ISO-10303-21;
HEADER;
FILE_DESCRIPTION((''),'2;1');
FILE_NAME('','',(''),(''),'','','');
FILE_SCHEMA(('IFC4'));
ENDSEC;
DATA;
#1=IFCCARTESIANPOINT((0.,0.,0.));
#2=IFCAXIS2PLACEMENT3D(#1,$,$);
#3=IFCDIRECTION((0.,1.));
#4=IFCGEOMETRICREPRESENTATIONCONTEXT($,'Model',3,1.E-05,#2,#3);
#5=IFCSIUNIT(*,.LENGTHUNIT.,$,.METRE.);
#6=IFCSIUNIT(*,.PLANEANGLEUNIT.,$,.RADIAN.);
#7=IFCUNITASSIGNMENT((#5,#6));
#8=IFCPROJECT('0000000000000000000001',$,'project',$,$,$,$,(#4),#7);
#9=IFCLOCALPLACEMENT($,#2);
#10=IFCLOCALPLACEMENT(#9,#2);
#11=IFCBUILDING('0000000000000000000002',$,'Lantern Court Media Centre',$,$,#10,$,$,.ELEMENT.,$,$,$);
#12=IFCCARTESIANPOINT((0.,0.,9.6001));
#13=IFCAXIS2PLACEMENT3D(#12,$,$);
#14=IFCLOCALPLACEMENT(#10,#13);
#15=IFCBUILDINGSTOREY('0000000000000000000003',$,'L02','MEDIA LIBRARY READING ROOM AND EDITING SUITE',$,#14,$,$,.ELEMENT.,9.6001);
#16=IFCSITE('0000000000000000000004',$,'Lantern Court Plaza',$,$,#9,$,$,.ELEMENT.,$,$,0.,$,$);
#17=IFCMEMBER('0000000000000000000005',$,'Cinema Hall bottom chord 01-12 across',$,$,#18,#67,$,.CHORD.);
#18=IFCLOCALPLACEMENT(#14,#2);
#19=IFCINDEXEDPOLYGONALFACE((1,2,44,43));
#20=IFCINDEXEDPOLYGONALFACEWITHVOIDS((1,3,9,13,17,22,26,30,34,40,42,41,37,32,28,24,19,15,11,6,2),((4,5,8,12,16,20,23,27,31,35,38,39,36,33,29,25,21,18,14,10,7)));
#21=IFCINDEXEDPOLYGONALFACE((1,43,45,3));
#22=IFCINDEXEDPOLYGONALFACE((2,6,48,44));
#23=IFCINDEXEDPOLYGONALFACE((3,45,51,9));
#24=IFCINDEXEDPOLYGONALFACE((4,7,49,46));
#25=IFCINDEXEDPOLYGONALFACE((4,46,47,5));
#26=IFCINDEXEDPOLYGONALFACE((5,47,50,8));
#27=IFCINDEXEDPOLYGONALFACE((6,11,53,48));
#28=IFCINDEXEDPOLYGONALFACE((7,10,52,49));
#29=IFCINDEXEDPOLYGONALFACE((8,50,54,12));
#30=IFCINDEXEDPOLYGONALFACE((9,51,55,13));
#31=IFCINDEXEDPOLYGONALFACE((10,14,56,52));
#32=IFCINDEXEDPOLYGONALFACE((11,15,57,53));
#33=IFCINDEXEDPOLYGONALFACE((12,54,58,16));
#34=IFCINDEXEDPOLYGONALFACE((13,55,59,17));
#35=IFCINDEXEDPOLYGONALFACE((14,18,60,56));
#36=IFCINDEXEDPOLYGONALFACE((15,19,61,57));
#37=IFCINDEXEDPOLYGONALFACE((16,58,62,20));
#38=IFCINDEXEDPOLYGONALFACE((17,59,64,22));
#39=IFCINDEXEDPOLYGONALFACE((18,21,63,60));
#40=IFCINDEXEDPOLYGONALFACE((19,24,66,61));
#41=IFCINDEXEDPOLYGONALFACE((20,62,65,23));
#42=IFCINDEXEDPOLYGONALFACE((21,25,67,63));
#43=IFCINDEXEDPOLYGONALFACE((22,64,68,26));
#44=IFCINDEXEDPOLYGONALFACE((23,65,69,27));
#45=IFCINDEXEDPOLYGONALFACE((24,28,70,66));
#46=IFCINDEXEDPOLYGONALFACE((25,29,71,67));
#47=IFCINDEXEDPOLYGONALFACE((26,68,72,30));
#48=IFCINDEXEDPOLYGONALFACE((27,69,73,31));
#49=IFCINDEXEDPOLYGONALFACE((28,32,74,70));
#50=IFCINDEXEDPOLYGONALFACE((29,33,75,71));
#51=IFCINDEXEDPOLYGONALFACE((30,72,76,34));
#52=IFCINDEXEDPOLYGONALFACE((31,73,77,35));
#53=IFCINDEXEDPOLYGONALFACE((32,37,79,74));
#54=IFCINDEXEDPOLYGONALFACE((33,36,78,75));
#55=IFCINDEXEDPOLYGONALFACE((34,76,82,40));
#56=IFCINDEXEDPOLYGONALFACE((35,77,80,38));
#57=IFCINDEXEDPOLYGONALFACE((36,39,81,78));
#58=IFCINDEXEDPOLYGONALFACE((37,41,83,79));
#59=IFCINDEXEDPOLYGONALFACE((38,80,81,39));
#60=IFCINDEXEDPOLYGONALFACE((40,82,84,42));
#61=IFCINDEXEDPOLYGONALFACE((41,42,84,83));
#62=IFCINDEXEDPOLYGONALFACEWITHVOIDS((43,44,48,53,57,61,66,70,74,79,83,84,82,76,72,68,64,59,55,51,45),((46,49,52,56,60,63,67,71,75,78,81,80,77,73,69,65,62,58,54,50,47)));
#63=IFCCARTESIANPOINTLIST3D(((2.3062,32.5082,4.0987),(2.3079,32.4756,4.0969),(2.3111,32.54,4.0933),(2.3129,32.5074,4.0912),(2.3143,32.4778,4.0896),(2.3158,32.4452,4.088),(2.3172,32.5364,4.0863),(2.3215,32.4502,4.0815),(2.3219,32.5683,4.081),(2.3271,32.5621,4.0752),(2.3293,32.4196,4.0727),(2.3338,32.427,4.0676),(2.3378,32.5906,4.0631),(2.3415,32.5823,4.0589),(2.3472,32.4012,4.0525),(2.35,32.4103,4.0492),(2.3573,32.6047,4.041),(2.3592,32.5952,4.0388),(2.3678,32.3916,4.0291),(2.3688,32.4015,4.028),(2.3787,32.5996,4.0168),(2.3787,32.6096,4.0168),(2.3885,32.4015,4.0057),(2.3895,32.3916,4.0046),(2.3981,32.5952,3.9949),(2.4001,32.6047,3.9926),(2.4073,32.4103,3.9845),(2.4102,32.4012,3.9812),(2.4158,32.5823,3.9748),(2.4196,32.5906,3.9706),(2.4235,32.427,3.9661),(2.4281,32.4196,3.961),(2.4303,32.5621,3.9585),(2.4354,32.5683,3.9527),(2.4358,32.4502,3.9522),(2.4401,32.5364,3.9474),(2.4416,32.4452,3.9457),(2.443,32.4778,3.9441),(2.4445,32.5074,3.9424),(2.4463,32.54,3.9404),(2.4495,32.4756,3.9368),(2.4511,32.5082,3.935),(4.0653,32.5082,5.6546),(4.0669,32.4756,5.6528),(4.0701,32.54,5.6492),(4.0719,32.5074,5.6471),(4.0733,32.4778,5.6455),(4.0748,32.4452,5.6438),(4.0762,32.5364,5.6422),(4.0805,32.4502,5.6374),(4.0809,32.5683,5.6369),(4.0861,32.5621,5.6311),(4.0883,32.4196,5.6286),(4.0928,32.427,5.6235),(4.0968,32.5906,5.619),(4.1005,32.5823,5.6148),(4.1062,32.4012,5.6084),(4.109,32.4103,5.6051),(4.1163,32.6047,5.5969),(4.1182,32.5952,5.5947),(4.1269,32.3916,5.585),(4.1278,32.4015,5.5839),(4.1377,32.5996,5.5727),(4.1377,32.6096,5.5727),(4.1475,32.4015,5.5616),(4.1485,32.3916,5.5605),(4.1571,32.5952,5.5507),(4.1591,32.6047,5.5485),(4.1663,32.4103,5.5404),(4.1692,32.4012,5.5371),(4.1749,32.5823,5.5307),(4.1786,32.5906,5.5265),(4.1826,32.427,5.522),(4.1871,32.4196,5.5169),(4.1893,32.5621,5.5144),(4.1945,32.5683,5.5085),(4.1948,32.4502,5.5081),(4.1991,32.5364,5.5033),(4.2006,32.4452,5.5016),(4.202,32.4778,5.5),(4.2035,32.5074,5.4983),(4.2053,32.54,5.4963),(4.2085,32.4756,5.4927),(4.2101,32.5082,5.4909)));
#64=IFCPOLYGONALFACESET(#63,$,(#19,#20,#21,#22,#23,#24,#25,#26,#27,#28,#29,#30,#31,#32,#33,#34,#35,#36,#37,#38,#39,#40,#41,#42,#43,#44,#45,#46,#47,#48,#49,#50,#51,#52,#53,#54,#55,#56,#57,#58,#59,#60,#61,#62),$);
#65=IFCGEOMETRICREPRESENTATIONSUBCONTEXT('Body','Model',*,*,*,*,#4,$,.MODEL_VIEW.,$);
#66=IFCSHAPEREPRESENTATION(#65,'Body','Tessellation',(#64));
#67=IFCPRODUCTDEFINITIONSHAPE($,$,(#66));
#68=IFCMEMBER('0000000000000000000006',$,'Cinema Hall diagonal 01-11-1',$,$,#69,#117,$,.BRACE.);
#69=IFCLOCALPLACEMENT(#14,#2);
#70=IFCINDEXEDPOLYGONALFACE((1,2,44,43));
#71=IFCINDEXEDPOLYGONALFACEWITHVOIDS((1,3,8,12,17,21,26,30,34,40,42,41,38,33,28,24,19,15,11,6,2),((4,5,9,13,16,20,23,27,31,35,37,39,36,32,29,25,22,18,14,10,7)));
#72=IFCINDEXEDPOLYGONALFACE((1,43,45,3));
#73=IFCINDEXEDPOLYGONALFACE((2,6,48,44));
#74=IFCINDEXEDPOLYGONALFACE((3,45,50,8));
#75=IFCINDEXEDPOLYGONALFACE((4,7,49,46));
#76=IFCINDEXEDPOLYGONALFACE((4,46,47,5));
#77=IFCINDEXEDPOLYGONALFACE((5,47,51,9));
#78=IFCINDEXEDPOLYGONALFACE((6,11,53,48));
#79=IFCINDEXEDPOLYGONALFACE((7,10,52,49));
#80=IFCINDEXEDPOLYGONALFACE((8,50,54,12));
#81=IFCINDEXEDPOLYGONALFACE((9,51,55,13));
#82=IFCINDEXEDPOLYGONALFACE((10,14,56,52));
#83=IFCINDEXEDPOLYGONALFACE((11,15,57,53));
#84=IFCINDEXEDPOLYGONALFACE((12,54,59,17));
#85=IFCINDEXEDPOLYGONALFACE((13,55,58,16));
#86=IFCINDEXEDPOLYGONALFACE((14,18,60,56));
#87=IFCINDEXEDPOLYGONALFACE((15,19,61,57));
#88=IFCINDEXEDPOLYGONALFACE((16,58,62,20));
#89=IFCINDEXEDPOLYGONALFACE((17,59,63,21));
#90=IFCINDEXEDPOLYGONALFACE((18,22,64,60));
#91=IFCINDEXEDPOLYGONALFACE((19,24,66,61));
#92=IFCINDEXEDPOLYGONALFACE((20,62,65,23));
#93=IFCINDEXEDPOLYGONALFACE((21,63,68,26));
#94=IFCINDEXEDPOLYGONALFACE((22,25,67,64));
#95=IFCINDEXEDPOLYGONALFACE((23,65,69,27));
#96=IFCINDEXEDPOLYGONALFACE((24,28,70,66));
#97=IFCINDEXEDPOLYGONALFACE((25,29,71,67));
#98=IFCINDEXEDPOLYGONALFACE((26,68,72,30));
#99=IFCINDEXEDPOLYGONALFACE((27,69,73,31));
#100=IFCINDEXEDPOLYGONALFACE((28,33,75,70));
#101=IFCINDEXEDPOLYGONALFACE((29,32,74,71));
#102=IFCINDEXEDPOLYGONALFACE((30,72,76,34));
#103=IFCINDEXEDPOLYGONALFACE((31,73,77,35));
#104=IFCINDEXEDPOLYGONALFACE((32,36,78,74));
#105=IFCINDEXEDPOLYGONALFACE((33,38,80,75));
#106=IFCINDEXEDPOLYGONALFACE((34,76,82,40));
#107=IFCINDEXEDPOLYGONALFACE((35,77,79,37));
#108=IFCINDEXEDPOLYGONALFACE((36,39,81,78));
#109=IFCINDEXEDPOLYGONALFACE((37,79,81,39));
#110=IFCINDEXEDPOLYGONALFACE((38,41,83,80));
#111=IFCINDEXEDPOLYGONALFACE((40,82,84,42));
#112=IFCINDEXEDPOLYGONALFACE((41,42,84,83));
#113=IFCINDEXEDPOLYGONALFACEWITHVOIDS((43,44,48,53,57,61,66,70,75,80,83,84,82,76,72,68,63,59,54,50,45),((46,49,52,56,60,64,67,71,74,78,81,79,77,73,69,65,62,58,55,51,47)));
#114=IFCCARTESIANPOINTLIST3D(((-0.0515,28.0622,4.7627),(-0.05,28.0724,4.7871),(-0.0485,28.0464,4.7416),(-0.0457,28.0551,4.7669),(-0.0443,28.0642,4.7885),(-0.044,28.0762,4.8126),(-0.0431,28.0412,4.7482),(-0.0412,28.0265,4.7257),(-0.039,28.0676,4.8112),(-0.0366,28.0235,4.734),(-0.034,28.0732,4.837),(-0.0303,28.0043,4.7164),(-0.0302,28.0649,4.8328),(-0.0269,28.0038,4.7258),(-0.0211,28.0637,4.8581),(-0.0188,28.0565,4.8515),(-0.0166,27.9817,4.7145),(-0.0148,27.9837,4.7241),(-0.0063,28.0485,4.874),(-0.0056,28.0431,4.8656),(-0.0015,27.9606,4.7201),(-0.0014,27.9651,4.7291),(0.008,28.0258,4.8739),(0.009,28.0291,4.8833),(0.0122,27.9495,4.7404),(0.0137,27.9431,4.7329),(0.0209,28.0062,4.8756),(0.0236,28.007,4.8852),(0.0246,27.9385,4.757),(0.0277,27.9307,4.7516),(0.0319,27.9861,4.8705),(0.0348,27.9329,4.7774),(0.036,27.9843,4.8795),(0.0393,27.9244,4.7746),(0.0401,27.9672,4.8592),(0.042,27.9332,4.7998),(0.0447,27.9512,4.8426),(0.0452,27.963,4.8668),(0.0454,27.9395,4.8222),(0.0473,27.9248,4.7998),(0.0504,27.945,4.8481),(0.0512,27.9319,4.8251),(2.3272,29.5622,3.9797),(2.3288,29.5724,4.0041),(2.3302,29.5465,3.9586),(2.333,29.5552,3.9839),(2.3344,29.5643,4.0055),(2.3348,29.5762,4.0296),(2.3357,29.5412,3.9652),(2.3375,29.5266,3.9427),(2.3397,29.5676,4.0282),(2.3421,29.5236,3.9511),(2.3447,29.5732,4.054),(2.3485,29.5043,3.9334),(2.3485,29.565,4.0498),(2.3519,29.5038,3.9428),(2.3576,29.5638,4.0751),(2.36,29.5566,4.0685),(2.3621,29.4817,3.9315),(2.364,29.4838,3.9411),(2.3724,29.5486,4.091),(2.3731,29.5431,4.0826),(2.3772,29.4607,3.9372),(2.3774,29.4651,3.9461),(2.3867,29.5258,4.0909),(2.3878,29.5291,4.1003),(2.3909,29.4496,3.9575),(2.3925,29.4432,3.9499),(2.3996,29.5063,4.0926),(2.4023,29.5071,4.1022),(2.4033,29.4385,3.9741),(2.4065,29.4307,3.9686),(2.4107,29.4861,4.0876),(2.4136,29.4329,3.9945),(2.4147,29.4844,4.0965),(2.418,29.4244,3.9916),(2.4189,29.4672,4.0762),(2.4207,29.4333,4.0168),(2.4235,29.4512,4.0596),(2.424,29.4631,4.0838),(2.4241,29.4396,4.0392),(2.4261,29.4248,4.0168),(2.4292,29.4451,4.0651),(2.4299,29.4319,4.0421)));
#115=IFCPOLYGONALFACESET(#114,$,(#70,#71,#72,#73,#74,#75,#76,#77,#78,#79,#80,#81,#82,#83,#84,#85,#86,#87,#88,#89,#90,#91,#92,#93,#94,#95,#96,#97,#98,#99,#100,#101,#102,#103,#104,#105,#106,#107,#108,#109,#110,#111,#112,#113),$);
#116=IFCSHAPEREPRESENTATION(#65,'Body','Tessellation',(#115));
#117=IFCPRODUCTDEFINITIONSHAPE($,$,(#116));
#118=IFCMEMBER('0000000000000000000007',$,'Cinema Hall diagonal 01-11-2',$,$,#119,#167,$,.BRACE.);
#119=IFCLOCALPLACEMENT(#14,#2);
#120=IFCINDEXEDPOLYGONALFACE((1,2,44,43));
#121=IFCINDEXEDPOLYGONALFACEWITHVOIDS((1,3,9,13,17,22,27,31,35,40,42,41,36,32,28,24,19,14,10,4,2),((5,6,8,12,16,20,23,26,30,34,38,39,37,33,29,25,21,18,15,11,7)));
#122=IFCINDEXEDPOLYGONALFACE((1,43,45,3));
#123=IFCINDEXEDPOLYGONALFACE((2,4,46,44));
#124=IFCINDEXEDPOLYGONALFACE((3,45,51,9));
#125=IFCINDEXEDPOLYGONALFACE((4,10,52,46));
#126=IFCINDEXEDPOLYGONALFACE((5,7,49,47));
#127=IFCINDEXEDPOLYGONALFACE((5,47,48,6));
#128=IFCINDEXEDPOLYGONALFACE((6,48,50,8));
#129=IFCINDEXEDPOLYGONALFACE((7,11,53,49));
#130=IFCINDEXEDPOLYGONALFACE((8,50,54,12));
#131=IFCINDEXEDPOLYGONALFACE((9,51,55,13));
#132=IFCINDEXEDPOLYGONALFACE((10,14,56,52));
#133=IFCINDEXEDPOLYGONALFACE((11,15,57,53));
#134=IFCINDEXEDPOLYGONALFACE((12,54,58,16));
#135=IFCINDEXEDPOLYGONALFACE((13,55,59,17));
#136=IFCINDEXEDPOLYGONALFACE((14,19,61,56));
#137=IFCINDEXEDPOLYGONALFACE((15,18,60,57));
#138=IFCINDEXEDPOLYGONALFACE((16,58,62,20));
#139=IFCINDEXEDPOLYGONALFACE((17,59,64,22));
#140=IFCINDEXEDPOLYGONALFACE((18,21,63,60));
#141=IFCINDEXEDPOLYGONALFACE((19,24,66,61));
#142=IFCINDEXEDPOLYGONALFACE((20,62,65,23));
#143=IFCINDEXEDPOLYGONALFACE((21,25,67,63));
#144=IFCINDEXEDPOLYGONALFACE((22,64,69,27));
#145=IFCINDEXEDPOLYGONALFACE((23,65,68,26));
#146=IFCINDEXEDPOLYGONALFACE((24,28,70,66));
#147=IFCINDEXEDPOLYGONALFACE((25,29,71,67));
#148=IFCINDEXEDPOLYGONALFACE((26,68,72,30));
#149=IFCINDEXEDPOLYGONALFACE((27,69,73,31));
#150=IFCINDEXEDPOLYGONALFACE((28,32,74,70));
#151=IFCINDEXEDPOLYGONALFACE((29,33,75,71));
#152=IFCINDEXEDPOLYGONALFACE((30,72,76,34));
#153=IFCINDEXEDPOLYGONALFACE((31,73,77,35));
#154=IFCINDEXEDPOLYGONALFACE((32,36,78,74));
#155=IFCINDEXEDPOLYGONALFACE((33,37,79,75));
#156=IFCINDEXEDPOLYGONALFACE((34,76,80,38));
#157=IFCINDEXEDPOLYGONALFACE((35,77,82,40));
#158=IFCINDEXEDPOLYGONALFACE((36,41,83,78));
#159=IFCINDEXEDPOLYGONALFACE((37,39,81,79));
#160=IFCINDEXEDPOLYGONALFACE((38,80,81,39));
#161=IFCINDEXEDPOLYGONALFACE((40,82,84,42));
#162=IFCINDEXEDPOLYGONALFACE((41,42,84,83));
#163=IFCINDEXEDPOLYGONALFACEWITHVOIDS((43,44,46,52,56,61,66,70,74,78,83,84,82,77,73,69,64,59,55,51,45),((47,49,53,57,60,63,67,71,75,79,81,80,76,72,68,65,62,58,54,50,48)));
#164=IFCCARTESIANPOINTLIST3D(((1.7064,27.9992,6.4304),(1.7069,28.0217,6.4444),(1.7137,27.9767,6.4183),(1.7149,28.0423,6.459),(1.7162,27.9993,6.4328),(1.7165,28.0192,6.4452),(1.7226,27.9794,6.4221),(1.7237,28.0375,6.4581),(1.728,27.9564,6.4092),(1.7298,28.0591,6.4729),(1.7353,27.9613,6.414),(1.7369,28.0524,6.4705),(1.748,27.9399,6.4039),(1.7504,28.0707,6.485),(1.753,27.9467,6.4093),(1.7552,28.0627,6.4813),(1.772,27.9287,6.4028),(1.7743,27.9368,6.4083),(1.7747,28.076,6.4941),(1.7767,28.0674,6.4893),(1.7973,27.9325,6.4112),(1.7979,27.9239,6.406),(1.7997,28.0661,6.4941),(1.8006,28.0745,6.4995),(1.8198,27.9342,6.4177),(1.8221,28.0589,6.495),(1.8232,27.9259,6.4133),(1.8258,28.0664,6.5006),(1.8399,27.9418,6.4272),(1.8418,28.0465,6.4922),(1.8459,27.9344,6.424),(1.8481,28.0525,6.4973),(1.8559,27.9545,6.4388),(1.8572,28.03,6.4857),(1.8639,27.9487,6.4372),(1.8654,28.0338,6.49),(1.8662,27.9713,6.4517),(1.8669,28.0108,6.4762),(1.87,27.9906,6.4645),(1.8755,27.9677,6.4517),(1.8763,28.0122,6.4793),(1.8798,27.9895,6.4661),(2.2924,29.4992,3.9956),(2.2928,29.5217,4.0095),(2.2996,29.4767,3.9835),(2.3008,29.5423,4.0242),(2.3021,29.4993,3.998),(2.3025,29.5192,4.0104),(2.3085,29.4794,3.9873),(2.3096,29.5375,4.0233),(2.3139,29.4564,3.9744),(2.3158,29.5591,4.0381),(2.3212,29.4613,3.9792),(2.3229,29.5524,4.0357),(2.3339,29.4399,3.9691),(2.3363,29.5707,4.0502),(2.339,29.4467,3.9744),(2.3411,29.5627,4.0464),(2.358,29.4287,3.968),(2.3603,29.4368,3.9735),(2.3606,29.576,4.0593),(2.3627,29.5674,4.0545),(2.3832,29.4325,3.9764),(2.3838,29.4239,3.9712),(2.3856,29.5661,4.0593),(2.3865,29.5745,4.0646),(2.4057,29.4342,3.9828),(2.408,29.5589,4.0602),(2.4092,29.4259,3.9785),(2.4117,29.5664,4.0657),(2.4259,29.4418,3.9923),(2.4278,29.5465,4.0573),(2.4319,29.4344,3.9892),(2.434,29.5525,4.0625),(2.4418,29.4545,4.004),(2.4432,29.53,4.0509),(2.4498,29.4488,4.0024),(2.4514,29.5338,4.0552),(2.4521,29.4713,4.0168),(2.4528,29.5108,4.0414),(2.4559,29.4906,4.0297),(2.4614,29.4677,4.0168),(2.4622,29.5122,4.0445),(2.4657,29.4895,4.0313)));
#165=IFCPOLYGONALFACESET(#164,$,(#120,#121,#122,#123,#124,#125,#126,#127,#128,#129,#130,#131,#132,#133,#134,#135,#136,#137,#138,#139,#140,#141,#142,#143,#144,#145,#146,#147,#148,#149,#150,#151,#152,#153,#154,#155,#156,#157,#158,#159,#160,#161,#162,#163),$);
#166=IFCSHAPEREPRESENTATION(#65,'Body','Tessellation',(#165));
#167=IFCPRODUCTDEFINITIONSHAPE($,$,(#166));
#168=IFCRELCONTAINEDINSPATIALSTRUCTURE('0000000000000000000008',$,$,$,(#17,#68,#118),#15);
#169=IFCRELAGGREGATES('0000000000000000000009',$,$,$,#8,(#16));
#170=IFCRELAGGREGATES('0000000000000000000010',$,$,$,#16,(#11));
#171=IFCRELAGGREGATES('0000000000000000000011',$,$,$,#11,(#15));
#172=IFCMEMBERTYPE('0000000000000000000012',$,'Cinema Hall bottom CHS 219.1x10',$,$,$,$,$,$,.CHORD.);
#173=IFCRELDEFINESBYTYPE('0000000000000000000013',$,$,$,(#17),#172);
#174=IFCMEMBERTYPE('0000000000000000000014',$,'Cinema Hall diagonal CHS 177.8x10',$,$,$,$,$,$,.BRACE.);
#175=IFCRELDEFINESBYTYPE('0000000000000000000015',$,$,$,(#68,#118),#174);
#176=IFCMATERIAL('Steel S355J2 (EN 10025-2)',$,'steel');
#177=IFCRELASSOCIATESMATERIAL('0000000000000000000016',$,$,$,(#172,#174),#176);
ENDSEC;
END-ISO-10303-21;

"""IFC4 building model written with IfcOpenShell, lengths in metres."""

from ifc_helpers import new_model, si_unit, direction, frame, origin, origin_2d, place, context, subcontext, project, spatial, hollow_circle, extrude, material, material_profile, profile_set, type_object, element, save


model = new_model("IFC4")

# Units and contexts
model_context = context("Model", 3, precision=1e-05, world=origin(), true_north=direction((0.0, 1.0)))
body_context = subcontext(model_context, "Body", "Model", "MODEL_VIEW")
ifc_project = project(units=[si_unit("LENGTHUNIT", "METRE"), si_unit("PLANEANGLEUNIT", "RADIAN")], contexts=[model_context])

# Site, building, storey
site_placement = place(None, origin())
site = spatial("IfcSite", under=ifc_project, at=site_placement, Name="Lantern Court Plaza", CompositionType="ELEMENT", RefElevation=0.0)
building_placement = place(site_placement, origin())
building = spatial("IfcBuilding", under=site, at=building_placement, Name="Lantern Court Media Centre", CompositionType="ELEMENT")
storey_placement = place(building_placement, frame((0.0, 0.0, 9.6001)))
storey = spatial("IfcBuildingStorey", under=building, at=storey_placement, Name="L02", Description="MEDIA LIBRARY READING ROOM AND EDITING SUITE", CompositionType="ELEMENT", Elevation=9.6001)

# Shared definitions
ifc_material_1 = material(Name="Steel S355J2 (EN 10025-2)", Category="steel")

# Members
ifc_material_profile_1 = material_profile(ifc_material_1, hollow_circle(Radius=0.1096, WallThickness=0.01, at=origin_2d()), Name="Cinema Hall bottom CHS 219.1x10")
ifc_profile_set_1 = profile_set([ifc_material_profile_1], Name="Steel S355J2 (EN 10025-2)")
member_type_1 = type_object("IfcMemberType", Name="Cinema Hall bottom CHS 219.1x10", PredefinedType="CHORD", material=ifc_profile_set_1)
for number, where, z_axis, x_axis, name in (
    (1, (2.3787, 32.5, 4.0168), (0.74903, 0.0, 0.662536), (0.0, 1.0, 0.0), "Cinema Hall bottom chord 01-12 across"),
):
    element("IfcMember", number, at=place(storey_placement, frame(where, z_axis=z_axis, x_axis=x_axis)), inside=storey, type_object=member_type_1, Name=name, PredefinedType="CHORD", context=body_context, shape_type="SweptSolid", body=[
        extrude(hollow_circle(Radius=0.1096, WallThickness=0.01, at=origin_2d()), origin(), (0.0, 0.0, 1.0), 2.3484),
    ])
ifc_material_profile_2 = material_profile(ifc_material_1, hollow_circle(Radius=0.0889, WallThickness=0.01, at=origin_2d()), Name="Cinema Hall diagonal CHS 177.8x10")
ifc_profile_set_2 = profile_set([ifc_material_profile_2], Name="Steel S355J2 (EN 10025-2)")
member_type_2 = type_object("IfcMemberType", Name="Cinema Hall diagonal CHS 177.8x10", PredefinedType="BRACE", material=ifc_profile_set_2)
for number, where, z_axis, x_axis, name in (
    (2, (2.3787, 29.5, 4.0168), (-0.814866, -0.51386, 0.268221), (0.533405, -0.84586, 0.0), "Cinema Hall diagonal 01-11-1"),
    (3, (2.3787, 29.5, 4.0168), (-0.20072, -0.513842, 0.834073), (0.931457, -0.363851, 0.0), "Cinema Hall diagonal 01-11-2"),
):
    element("IfcMember", number, at=place(storey_placement, frame(where, z_axis=z_axis, x_axis=x_axis)), inside=storey, type_object=member_type_2, Name=name, PredefinedType="BRACE", context=body_context, shape_type="SweptSolid", body=[
        extrude(hollow_circle(Radius=0.0889, WallThickness=0.01, at=origin_2d()), origin(), (0.0, 0.0, 1.0), 2.9192),
    ])

save(model, "model.ifc")
